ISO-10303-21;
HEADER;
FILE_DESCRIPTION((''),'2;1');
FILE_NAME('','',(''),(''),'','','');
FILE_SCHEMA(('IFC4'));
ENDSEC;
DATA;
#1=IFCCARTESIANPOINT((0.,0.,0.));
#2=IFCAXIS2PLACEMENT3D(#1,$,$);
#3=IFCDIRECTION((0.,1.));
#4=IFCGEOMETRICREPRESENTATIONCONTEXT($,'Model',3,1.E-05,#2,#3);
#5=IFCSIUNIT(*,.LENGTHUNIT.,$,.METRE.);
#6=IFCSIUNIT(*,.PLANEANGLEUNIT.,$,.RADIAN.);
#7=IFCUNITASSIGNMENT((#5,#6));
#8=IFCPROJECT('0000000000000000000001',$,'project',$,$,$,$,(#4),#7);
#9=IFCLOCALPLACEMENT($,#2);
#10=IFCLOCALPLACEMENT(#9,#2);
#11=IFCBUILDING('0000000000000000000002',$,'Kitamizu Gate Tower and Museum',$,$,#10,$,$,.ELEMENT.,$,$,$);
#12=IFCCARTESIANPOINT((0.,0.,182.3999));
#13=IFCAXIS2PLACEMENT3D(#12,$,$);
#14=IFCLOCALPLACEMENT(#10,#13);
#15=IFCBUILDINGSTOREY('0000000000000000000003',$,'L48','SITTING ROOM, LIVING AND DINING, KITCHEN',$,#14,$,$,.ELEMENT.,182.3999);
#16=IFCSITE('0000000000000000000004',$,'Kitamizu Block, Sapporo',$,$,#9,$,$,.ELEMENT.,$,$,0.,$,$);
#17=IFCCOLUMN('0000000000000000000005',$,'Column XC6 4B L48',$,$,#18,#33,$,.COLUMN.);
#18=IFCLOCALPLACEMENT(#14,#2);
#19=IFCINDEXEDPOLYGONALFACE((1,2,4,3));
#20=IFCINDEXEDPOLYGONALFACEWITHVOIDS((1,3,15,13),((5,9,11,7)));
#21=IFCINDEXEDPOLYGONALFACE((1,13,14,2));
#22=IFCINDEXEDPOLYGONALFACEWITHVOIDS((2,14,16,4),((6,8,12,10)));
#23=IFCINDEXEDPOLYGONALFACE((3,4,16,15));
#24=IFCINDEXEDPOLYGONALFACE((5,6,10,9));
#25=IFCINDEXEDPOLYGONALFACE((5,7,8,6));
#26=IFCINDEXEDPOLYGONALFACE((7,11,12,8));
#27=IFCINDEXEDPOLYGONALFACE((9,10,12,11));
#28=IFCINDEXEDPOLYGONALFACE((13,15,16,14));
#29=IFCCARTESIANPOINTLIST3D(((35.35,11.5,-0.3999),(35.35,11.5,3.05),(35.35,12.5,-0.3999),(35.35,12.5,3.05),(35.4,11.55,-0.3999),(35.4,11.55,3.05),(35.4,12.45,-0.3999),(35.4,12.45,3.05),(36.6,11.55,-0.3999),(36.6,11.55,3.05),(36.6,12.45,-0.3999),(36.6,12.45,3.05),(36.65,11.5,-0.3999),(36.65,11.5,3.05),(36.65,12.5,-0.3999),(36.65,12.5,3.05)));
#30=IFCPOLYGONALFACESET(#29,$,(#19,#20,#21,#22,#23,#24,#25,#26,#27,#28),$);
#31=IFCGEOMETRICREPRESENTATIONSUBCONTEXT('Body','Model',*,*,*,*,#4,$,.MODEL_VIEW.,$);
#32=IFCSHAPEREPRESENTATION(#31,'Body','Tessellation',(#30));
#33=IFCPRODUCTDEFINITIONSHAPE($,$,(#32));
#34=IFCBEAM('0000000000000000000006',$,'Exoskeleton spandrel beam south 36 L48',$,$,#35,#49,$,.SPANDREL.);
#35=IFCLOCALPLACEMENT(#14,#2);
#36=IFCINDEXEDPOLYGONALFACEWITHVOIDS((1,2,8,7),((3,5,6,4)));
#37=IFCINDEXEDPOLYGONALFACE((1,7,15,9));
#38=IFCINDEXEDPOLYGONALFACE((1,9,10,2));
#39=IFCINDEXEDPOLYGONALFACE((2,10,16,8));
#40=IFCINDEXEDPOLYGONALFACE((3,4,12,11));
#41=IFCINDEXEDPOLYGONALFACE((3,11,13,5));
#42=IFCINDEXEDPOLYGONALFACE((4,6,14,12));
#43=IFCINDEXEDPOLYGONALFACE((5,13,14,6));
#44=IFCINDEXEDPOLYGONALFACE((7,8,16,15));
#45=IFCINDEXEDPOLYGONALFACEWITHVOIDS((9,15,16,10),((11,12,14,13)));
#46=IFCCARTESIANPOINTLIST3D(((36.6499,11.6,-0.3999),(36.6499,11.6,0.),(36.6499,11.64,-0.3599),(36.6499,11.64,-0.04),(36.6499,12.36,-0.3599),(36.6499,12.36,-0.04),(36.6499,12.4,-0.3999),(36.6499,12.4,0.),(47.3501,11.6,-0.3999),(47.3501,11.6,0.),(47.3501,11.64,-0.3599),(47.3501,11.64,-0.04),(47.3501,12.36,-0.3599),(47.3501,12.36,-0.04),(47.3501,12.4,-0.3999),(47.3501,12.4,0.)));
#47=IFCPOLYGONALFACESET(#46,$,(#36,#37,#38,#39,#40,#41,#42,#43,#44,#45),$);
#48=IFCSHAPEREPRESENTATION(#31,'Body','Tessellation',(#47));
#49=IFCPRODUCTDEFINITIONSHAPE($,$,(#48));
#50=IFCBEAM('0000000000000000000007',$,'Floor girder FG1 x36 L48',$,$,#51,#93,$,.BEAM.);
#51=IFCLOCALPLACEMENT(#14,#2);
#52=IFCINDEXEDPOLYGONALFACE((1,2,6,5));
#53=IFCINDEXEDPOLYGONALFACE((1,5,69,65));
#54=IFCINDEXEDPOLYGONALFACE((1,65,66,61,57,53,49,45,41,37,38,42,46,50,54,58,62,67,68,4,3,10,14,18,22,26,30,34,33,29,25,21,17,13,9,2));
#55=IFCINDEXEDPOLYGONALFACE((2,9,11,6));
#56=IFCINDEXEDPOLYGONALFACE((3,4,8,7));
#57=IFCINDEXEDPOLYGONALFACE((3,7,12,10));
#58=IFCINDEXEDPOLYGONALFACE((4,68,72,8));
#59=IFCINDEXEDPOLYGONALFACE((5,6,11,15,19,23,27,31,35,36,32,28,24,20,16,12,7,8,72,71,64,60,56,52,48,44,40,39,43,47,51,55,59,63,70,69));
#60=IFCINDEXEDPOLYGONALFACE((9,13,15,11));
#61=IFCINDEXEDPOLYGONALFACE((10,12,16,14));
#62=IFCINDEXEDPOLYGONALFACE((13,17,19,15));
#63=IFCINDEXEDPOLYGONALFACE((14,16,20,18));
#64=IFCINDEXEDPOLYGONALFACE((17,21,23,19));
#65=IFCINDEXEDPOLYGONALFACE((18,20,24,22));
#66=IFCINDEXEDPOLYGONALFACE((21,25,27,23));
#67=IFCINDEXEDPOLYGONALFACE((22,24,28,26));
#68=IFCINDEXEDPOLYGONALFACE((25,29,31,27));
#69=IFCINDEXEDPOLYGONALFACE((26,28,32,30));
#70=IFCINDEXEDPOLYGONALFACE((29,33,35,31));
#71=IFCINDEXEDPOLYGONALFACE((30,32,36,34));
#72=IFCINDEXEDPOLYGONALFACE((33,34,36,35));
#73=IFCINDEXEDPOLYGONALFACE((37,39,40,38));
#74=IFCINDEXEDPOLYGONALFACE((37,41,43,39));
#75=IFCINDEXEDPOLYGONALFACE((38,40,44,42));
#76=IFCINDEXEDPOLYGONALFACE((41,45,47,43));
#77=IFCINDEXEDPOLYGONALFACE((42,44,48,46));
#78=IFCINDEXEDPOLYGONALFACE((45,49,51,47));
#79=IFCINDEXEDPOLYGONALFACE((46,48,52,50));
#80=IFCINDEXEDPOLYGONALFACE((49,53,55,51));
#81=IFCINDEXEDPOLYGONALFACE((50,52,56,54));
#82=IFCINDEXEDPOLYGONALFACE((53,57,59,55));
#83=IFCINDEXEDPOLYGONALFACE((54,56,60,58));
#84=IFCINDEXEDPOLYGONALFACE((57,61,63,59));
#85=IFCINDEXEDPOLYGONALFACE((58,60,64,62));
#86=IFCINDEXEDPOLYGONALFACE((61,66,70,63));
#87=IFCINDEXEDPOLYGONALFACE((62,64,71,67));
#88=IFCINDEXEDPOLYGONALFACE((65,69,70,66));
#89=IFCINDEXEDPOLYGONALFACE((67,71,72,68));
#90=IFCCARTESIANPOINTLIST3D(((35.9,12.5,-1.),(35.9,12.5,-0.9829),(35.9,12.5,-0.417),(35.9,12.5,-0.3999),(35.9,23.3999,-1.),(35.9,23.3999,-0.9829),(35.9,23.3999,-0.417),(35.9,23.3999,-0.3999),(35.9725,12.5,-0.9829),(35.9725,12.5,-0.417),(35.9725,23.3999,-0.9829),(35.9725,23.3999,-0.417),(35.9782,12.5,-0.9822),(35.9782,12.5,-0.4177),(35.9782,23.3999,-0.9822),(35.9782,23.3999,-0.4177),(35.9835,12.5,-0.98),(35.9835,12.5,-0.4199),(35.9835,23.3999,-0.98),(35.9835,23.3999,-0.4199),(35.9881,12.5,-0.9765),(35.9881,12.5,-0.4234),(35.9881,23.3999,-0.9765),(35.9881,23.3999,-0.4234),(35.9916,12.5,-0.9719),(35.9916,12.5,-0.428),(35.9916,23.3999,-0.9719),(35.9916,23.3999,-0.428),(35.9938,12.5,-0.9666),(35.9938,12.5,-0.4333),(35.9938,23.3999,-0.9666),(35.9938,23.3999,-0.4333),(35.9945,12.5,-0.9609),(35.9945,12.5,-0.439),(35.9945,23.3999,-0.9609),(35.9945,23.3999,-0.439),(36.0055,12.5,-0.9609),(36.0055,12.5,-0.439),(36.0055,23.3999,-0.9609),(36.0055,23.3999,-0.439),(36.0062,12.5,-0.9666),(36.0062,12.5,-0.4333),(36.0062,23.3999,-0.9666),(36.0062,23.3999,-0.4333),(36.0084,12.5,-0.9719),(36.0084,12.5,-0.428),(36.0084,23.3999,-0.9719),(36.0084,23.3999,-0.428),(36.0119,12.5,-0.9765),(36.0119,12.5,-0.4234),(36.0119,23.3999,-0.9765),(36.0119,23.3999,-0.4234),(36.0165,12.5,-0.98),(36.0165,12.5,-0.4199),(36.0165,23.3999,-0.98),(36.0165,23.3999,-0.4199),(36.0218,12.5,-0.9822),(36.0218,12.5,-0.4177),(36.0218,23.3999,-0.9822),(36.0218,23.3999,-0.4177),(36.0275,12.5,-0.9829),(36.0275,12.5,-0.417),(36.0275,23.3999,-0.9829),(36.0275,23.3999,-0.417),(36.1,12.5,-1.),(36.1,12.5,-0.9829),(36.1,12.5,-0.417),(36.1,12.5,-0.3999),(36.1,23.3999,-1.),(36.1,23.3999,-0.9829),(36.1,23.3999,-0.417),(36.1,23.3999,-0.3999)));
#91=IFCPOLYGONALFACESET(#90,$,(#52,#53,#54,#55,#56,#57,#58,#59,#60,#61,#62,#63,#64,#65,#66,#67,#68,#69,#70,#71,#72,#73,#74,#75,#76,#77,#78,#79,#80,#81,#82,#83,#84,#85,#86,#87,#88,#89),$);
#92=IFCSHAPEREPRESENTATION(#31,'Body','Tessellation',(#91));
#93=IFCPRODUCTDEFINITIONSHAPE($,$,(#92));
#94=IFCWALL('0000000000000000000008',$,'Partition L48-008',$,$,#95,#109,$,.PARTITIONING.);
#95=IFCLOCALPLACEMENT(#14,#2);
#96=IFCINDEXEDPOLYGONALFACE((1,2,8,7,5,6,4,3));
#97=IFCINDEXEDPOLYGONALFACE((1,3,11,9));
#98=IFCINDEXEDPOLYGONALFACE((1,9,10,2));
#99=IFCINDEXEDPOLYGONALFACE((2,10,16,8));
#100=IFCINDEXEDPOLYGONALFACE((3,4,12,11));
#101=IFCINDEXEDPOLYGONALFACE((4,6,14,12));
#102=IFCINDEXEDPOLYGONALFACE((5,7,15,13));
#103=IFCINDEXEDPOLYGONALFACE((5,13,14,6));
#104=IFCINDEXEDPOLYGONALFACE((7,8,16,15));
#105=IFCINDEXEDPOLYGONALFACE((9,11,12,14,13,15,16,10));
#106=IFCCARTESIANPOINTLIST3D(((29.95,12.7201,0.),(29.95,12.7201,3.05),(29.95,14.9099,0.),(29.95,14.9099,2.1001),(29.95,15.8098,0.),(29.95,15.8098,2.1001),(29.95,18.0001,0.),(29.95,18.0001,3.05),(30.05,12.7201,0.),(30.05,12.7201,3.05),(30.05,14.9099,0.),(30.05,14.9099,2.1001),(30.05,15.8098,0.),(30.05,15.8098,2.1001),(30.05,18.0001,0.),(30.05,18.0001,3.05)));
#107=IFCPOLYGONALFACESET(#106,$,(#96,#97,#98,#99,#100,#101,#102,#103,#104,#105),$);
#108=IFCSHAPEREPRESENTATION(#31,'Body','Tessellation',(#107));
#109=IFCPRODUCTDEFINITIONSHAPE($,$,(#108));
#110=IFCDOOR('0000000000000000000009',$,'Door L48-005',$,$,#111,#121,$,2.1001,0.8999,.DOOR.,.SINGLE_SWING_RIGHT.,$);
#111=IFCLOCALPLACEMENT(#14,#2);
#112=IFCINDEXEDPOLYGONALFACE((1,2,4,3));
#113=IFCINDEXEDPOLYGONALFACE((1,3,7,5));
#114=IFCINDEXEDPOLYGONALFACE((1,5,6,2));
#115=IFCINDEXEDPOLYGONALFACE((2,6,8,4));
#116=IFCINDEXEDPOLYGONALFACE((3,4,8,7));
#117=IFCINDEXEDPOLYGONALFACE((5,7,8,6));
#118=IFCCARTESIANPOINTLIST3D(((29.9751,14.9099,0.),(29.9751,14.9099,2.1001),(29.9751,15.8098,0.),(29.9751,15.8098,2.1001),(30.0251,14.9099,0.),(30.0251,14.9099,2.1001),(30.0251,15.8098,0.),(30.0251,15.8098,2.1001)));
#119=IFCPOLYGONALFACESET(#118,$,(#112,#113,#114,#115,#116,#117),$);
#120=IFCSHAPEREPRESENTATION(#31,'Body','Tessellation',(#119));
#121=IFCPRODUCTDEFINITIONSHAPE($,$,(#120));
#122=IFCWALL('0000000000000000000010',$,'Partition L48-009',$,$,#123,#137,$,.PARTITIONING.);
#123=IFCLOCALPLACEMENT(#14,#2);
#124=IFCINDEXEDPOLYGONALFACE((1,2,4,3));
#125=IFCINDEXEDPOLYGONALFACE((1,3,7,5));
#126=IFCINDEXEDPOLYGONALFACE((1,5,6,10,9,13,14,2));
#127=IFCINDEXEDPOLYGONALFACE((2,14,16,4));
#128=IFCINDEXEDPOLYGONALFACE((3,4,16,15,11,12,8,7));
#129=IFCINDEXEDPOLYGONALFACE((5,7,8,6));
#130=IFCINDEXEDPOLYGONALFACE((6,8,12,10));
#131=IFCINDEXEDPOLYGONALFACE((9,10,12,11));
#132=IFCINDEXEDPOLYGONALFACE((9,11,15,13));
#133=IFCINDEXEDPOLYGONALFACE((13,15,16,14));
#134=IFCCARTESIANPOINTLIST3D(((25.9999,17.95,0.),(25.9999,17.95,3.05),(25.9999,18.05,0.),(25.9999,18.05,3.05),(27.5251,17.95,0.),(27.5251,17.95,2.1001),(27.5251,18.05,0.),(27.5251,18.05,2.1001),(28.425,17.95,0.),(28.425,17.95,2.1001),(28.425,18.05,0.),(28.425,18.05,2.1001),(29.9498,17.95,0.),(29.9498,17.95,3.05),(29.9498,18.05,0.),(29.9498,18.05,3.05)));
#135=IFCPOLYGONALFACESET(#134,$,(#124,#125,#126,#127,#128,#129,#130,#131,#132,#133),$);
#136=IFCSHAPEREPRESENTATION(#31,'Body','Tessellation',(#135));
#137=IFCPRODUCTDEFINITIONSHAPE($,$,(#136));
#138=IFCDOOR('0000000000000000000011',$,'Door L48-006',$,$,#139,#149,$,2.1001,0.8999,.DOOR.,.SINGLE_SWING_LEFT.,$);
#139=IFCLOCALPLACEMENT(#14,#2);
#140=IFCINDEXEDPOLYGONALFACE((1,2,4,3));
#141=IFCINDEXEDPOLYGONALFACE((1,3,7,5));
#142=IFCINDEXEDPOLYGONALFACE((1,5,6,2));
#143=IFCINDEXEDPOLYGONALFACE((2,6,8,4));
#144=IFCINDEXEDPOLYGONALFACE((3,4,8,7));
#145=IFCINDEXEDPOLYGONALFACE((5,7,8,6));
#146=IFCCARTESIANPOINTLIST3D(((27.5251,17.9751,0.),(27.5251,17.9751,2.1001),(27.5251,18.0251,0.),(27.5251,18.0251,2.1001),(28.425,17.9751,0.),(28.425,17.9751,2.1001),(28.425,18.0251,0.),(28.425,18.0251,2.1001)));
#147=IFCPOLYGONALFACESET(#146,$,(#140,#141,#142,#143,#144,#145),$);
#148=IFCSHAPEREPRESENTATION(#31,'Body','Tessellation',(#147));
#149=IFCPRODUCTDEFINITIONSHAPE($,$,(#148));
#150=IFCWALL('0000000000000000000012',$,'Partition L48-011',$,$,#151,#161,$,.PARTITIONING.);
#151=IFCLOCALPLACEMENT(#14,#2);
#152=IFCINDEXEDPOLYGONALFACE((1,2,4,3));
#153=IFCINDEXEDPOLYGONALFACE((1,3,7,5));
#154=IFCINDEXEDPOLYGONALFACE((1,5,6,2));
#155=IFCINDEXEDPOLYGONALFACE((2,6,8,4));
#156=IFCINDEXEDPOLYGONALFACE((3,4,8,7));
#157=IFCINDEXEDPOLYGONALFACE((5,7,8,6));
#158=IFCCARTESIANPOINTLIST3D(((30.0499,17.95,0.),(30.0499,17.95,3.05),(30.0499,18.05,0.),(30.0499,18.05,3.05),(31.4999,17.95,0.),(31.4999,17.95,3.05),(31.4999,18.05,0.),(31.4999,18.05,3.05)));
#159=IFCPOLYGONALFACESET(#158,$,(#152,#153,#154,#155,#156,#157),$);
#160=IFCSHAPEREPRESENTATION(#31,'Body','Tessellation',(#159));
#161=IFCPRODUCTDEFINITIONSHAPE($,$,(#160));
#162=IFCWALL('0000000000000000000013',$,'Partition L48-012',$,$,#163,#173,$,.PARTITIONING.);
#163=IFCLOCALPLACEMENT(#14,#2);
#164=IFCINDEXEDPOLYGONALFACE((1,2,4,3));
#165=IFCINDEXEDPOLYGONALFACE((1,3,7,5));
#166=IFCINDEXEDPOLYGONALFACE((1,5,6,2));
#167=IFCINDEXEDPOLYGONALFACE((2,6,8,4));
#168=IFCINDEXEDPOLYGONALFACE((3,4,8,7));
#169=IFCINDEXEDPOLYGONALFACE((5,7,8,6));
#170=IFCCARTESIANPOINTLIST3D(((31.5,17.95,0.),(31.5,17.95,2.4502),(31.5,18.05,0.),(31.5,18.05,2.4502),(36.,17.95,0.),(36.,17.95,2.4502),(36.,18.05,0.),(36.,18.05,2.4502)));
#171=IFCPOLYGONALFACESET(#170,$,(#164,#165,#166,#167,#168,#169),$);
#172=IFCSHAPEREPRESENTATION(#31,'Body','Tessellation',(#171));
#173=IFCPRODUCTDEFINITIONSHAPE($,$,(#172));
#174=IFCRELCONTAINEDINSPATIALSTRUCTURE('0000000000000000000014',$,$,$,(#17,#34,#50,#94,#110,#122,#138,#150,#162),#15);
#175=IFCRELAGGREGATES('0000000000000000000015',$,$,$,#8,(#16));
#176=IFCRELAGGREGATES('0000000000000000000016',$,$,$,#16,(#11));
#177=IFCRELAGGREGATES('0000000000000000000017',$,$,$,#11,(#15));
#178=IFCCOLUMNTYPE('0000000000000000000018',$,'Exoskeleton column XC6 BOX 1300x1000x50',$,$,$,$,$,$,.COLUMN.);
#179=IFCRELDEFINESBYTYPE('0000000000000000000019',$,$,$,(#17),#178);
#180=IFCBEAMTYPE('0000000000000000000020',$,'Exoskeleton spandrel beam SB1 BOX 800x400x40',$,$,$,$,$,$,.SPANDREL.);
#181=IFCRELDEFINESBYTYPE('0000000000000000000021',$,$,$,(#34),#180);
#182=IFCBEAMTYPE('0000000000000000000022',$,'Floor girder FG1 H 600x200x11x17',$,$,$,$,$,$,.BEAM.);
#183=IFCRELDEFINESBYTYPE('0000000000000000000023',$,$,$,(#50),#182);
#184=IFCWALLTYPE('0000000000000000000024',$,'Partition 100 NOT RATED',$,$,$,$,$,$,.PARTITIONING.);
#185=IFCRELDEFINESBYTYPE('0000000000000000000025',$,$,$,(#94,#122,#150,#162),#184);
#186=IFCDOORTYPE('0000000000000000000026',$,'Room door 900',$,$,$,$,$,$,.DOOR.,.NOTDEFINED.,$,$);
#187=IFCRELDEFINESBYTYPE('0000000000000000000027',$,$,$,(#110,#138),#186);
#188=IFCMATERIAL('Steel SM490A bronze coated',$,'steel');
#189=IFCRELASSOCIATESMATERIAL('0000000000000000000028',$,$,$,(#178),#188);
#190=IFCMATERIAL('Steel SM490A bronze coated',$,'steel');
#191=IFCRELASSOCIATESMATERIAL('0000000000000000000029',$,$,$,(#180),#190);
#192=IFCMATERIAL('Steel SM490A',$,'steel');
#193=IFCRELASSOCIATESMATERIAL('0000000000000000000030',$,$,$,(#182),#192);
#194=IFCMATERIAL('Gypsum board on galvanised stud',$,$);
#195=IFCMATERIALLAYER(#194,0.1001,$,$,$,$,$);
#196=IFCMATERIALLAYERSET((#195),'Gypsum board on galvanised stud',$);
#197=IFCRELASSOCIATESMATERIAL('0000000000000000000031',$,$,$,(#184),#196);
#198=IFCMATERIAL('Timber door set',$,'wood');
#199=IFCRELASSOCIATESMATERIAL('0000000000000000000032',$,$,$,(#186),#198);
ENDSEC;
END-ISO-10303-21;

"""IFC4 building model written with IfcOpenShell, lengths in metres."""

from ifc_helpers import new_model, si_unit, direction, frame, frame_2d, origin, origin_2d, place, context, subcontext, project, spatial, rectangle, hollow_rectangle, i_section, extrude, material, layer, layer_set, material_profile, profile_set, type_object, element, fill, save


model = new_model("IFC4")

# Units and contexts
model_context = context("Model", 3, precision=1e-05, world=origin(), true_north=direction((0.0, 1.0)))
body_context = subcontext(model_context, "Body", "Model", "MODEL_VIEW")
ifc_project = project(units=[si_unit("LENGTHUNIT", "METRE"), si_unit("PLANEANGLEUNIT", "RADIAN")], contexts=[model_context])

# Site, building, storey
site_placement = place(None, origin())
site = spatial("IfcSite", under=ifc_project, at=site_placement, Name="Kitamizu Block, Sapporo", CompositionType="ELEMENT", RefElevation=0.0)
building_placement = place(site_placement, origin())
building = spatial("IfcBuilding", under=site, at=building_placement, Name="Kitamizu Gate Tower and Museum", CompositionType="ELEMENT")
storey_placement = place(building_placement, frame((0.0, 0.0, 182.3999)))
storey = spatial("IfcBuildingStorey", under=building, at=storey_placement, Name="L48", Description="SITTING ROOM, LIVING AND DINING, KITCHEN", CompositionType="ELEMENT", Elevation=182.3999)

# Column
ifc_material_1 = material(Name="Steel SM490A bronze coated", Category="steel")
ifc_material_profile_1 = material_profile(ifc_material_1, hollow_rectangle(XDim=1.3, YDim=1.0, WallThickness=0.05, at=origin_2d()), Name="BOX 1300x1000x50")
ifc_profile_set_1 = profile_set([ifc_material_profile_1], Name="Steel SM490A bronze coated")
column_type = type_object("IfcColumnType", Name="Exoskeleton column XC6 BOX 1300x1000x50", PredefinedType="COLUMN", material=ifc_profile_set_1)
column_placement = place(storey_placement, frame((36.0, 12.0, -0.3999), z_axis=(0.0, 0.0, 1.0), x_axis=(1.0, 0.0, 0.0)))
element("IfcColumn", 1, at=column_placement, inside=storey, type_object=column_type, Name="Column XC6 4B L48", PredefinedType="COLUMN", context=body_context, shape_type="SweptSolid", body=[
    extrude(hollow_rectangle(XDim=1.3, YDim=1.0, WallThickness=0.05, at=origin_2d()), origin(), (0.0, 0.0, 1.0), 3.45),
])

# Beams
ifc_material_2 = material(Name="Steel SM490A bronze coated", Category="steel")
ifc_material_profile_2 = material_profile(ifc_material_2, hollow_rectangle(XDim=0.8, YDim=0.3999, WallThickness=0.04, at=origin_2d()), Name="BOX 800x400x40")
ifc_profile_set_2 = profile_set([ifc_material_profile_2], Name="Steel SM490A bronze coated")
beam_type_1 = type_object("IfcBeamType", Name="Exoskeleton spandrel beam SB1 BOX 800x400x40", PredefinedType="SPANDREL", material=ifc_profile_set_2)
beam_1_placement = place(storey_placement, frame((36.6499, 12.0, -0.2), z_axis=(1.0, 0.0, 0.0), x_axis=(0.0, 1.0, 0.0)))
element("IfcBeam", 2, at=beam_1_placement, inside=storey, type_object=beam_type_1, Name="Exoskeleton spandrel beam south 36 L48", PredefinedType="SPANDREL", context=body_context, shape_type="SweptSolid", body=[
    extrude(hollow_rectangle(XDim=0.8, YDim=0.3999, WallThickness=0.04, at=origin_2d()), origin(), (0.0, 0.0, 1.0), 10.7002),
])
ifc_material_3 = material(Name="Steel SM490A", Category="steel")
ifc_material_profile_3 = material_profile(ifc_material_3, i_section(OverallWidth=0.2, OverallDepth=0.6001, WebThickness=0.011, FlangeThickness=0.0171, FilletRadius=0.022, at=origin_2d()), Name="H-600x200x11x17")
ifc_profile_set_3 = profile_set([ifc_material_profile_3], Name="Steel SM490A")
beam_type_2 = type_object("IfcBeamType", Name="Floor girder FG1 H 600x200x11x17", PredefinedType="BEAM", material=ifc_profile_set_3)
beam_2_placement = place(storey_placement, frame((36.0, 12.5, -0.7), z_axis=(0.0, 1.0, 0.0), x_axis=(-1.0, 0.0, 0.0)))
element("IfcBeam", 3, at=beam_2_placement, inside=storey, type_object=beam_type_2, Name="Floor girder FG1 x36 L48", PredefinedType="BEAM", context=body_context, shape_type="SweptSolid", body=[
    extrude(i_section(OverallWidth=0.2, OverallDepth=0.6001, WebThickness=0.011, FlangeThickness=0.0171, FilletRadius=0.022, at=origin_2d()), origin(), (0.0, 0.0, 1.0), 10.8999),
])

# Walls, openings, doors
ifc_material_4 = material(Name="Gypsum board on galvanised stud")
ifc_layer_1 = layer(ifc_material_4, 0.1001)
ifc_layer_set_1 = layer_set([ifc_layer_1], Name="Gypsum board on galvanised stud")
wall_type_1 = type_object("IfcWallType", Name="Partition 100 NOT RATED", PredefinedType="PARTITIONING", material=ifc_layer_set_1)
wall_1_placement = place(storey_placement, frame((30.0, 12.72, 0.0), z_axis=(0.0, 0.0, 1.0), x_axis=(0.0, 1.0, 0.0)))
wall_1 = element("IfcWall", 4, at=wall_1_placement, inside=storey, type_object=wall_type_1, Name="Partition L48-008", PredefinedType="PARTITIONING", context=body_context, shape_type="SweptSolid", body=[
    extrude(rectangle(XDim=5.28, YDim=0.1001, at=frame_2d((2.6401, 0.0))), origin(), (0.0, 0.0, 1.0), 3.05),
])
opening_1_placement = place(wall_1_placement, frame((2.1899, 0.0, 0.0)))
opening_1 = element("IfcOpeningElement", 5, at=opening_1_placement, cuts=wall_1, PredefinedType="OPENING", context=body_context, shape_type="SweptSolid", body=[
    extrude(rectangle(XDim=0.8999, YDim=2.1001, at=frame_2d((0.45, 1.05))), frame((0.0, 0.0601, 0.0), z_axis=(0.0, -1.0, 0.0), x_axis=(1.0, 0.0, 0.0)), (0.0, 0.0, 1.0), 0.1201),
])
ifc_material_5 = material(Name="Timber door set", Category="wood")
door_type_1 = type_object("IfcDoorType", Name="Room door 900", OperationType="NOTDEFINED", PredefinedType="DOOR", material=ifc_material_5)
door_1_placement = place(opening_1_placement, origin())
door_1 = element("IfcDoor", 6, at=door_1_placement, inside=storey, type_object=door_type_1, Name="Door L48-005", OperationType="SINGLE_SWING_RIGHT", OverallHeight=2.1001, OverallWidth=0.8999, PredefinedType="DOOR", context=body_context, shape_type="SweptSolid", body=[
    extrude(rectangle(XDim=0.8999, YDim=2.1001, at=frame_2d((0.45, 1.05))), frame((0.0, 0.0249, 0.0), z_axis=(0.0, -1.0, 0.0), x_axis=(1.0, 0.0, 0.0)), (0.0, 0.0, 1.0), 0.05),
])
fill(opening_1, door_1)
wall_2_placement = place(storey_placement, frame((29.95, 18.0, 0.0), z_axis=(0.0, 0.0, 1.0), x_axis=(-1.0, 0.0, 0.0)))
wall_2 = element("IfcWall", 7, at=wall_2_placement, inside=storey, type_object=wall_type_1, Name="Partition L48-009", PredefinedType="PARTITIONING", context=body_context, shape_type="SweptSolid", body=[
    extrude(rectangle(XDim=3.95, YDim=0.1001, at=frame_2d((1.9751, 0.0))), origin(), (0.0, 0.0, 1.0), 3.05),
])
opening_2_placement = place(wall_2_placement, frame((1.5249, 0.0, 0.0)))
opening_2 = element("IfcOpeningElement", 8, at=opening_2_placement, cuts=wall_2, PredefinedType="OPENING", context=body_context, shape_type="SweptSolid", body=[
    extrude(rectangle(XDim=0.8999, YDim=2.1001, at=frame_2d((0.45, 1.05))), frame((0.0, 0.0601, 0.0), z_axis=(0.0, -1.0, 0.0), x_axis=(1.0, 0.0, 0.0)), (0.0, 0.0, 1.0), 0.1201),
])
door_2_placement = place(opening_2_placement, origin())
door_2 = element("IfcDoor", 9, at=door_2_placement, inside=storey, type_object=door_type_1, Name="Door L48-006", OperationType="SINGLE_SWING_LEFT", OverallHeight=2.1001, OverallWidth=0.8999, PredefinedType="DOOR", context=body_context, shape_type="SweptSolid", body=[
    extrude(rectangle(XDim=0.8999, YDim=2.1001, at=frame_2d((0.45, 1.05))), frame((0.0, 0.0249, 0.0), z_axis=(0.0, -1.0, 0.0), x_axis=(1.0, 0.0, 0.0)), (0.0, 0.0, 1.0), 0.05),
])
fill(opening_2, door_2)

# Walls
wall_3_placement = place(storey_placement, frame((31.5, 18.0, 0.0), z_axis=(0.0, 0.0, 1.0), x_axis=(-1.0, 0.0, 0.0)))
element("IfcWall", 10, at=wall_3_placement, inside=storey, type_object=wall_type_1, Name="Partition L48-011", PredefinedType="PARTITIONING", context=body_context, shape_type="SweptSolid", body=[
    extrude(rectangle(XDim=1.45, YDim=0.1001, at=frame_2d((0.7251, 0.0))), origin(), (0.0, 0.0, 1.0), 3.05),
])
wall_4_placement = place(storey_placement, frame((36.0, 18.0, 0.0), z_axis=(0.0, 0.0, 1.0), x_axis=(-1.0, 0.0, 0.0)))
element("IfcWall", 11, at=wall_4_placement, inside=storey, type_object=wall_type_1, Name="Partition L48-012", PredefinedType="PARTITIONING", context=body_context, shape_type="SweptSolid", body=[
    extrude(rectangle(XDim=4.5, YDim=0.1001, at=frame_2d((2.25, 0.0))), origin(), (0.0, 0.0, 1.0), 2.4502),
])

save(model, "model.ifc")
